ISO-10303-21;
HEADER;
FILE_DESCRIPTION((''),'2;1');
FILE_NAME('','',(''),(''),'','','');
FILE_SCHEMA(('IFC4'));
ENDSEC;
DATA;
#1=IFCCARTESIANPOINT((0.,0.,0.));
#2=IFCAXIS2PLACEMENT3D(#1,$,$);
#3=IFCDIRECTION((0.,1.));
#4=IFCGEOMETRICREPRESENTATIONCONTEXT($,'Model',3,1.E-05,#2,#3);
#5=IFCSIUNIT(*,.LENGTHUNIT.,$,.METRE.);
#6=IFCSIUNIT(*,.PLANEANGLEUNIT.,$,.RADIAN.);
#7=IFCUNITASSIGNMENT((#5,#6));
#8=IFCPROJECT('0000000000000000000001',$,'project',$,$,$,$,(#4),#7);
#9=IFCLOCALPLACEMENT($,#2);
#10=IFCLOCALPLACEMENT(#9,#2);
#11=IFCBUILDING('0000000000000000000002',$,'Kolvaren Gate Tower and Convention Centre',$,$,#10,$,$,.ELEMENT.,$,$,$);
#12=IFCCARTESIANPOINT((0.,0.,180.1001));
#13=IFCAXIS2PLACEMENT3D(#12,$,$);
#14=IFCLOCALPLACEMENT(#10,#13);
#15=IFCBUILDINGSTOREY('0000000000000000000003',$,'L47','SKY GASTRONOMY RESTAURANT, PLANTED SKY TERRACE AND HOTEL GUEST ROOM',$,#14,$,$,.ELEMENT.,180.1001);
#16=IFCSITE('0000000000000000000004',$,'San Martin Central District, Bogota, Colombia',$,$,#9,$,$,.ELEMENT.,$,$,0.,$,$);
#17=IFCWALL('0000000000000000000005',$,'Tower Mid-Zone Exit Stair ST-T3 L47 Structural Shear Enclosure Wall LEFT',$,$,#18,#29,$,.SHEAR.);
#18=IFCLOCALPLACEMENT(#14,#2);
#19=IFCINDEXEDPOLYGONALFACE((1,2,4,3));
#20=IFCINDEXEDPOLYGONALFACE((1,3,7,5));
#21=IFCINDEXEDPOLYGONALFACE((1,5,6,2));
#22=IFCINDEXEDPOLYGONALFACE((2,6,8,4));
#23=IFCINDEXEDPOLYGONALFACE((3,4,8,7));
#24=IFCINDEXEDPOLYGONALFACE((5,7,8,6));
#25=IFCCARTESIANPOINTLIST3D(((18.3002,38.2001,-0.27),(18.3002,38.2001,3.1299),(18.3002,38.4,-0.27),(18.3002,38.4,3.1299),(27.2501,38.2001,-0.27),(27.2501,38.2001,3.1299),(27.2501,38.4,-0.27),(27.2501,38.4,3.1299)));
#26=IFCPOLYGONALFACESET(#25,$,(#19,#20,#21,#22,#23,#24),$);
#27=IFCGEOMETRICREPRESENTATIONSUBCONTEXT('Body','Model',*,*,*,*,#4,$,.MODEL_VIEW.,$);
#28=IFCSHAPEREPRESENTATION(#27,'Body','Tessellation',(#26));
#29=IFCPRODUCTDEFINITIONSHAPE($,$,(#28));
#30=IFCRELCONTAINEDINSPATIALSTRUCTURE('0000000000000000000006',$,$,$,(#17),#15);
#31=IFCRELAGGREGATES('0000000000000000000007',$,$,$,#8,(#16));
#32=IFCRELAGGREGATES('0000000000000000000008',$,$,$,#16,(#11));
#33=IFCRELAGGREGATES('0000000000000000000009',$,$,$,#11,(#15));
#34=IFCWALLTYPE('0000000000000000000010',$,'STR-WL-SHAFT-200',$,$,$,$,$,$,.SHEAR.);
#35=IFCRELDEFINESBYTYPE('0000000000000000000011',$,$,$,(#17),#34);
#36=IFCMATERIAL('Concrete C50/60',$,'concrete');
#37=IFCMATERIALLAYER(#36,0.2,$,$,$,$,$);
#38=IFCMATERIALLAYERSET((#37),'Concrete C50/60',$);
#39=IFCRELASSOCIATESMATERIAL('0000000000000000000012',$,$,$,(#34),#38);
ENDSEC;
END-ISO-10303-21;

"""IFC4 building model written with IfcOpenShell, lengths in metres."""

from ifc_helpers import new_model, si_unit, direction, frame, frame_2d, origin, place, context, subcontext, project, spatial, rectangle, extrude, material, layer, layer_set, type_object, element, save


model = new_model("IFC4")

# Units and contexts
model_context = context("Model", 3, precision=1e-05, world=origin(), true_north=direction((0.0, 1.0)))
body_context = subcontext(model_context, "Body", "Model", "MODEL_VIEW")
ifc_project = project(units=[si_unit("LENGTHUNIT", "METRE"), si_unit("PLANEANGLEUNIT", "RADIAN")], contexts=[model_context])

# Site, building, storey
site_placement = place(None, origin())
site = spatial("IfcSite", under=ifc_project, at=site_placement, Name="San Martin Central District, Bogota, Colombia", CompositionType="ELEMENT", RefElevation=0.0)
building_placement = place(site_placement, origin())
building = spatial("IfcBuilding", under=site, at=building_placement, Name="Kolvaren Gate Tower and Convention Centre", CompositionType="ELEMENT")
storey_placement = place(building_placement, frame((0.0, 0.0, 180.1001)))
storey = spatial("IfcBuildingStorey", under=building, at=storey_placement, Name="L47", Description="SKY GASTRONOMY RESTAURANT, PLANTED SKY TERRACE AND HOTEL GUEST ROOM", CompositionType="ELEMENT", Elevation=180.1001)

# Wall
ifc_material_1 = material(Name="Concrete C50/60", Category="concrete")
ifc_layer_1 = layer(ifc_material_1, 0.2)
ifc_layer_set_1 = layer_set([ifc_layer_1], Name="Concrete C50/60")
wall_type_1 = type_object("IfcWallType", Name="STR-WL-SHAFT-200", PredefinedType="SHEAR", material=ifc_layer_set_1)
wall_1_placement = place(storey_placement, frame((18.3, 38.3, -0.27), z_axis=(0.0, 0.0, 1.0), x_axis=(1.0, 0.0, 0.0)))
element("IfcWall", 1, at=wall_1_placement, inside=storey, type_object=wall_type_1, Name="Tower Mid-Zone Exit Stair ST-T3 L47 Structural Shear Enclosure Wall LEFT", PredefinedType="SHEAR", context=body_context, shape_type="SweptSolid", body=[
    extrude(rectangle(XDim=8.95, YDim=0.2, at=frame_2d((4.4751, 0.0))), origin(), (0.0, 0.0, 1.0), 3.3999),
])

save(model, "model.ifc")
